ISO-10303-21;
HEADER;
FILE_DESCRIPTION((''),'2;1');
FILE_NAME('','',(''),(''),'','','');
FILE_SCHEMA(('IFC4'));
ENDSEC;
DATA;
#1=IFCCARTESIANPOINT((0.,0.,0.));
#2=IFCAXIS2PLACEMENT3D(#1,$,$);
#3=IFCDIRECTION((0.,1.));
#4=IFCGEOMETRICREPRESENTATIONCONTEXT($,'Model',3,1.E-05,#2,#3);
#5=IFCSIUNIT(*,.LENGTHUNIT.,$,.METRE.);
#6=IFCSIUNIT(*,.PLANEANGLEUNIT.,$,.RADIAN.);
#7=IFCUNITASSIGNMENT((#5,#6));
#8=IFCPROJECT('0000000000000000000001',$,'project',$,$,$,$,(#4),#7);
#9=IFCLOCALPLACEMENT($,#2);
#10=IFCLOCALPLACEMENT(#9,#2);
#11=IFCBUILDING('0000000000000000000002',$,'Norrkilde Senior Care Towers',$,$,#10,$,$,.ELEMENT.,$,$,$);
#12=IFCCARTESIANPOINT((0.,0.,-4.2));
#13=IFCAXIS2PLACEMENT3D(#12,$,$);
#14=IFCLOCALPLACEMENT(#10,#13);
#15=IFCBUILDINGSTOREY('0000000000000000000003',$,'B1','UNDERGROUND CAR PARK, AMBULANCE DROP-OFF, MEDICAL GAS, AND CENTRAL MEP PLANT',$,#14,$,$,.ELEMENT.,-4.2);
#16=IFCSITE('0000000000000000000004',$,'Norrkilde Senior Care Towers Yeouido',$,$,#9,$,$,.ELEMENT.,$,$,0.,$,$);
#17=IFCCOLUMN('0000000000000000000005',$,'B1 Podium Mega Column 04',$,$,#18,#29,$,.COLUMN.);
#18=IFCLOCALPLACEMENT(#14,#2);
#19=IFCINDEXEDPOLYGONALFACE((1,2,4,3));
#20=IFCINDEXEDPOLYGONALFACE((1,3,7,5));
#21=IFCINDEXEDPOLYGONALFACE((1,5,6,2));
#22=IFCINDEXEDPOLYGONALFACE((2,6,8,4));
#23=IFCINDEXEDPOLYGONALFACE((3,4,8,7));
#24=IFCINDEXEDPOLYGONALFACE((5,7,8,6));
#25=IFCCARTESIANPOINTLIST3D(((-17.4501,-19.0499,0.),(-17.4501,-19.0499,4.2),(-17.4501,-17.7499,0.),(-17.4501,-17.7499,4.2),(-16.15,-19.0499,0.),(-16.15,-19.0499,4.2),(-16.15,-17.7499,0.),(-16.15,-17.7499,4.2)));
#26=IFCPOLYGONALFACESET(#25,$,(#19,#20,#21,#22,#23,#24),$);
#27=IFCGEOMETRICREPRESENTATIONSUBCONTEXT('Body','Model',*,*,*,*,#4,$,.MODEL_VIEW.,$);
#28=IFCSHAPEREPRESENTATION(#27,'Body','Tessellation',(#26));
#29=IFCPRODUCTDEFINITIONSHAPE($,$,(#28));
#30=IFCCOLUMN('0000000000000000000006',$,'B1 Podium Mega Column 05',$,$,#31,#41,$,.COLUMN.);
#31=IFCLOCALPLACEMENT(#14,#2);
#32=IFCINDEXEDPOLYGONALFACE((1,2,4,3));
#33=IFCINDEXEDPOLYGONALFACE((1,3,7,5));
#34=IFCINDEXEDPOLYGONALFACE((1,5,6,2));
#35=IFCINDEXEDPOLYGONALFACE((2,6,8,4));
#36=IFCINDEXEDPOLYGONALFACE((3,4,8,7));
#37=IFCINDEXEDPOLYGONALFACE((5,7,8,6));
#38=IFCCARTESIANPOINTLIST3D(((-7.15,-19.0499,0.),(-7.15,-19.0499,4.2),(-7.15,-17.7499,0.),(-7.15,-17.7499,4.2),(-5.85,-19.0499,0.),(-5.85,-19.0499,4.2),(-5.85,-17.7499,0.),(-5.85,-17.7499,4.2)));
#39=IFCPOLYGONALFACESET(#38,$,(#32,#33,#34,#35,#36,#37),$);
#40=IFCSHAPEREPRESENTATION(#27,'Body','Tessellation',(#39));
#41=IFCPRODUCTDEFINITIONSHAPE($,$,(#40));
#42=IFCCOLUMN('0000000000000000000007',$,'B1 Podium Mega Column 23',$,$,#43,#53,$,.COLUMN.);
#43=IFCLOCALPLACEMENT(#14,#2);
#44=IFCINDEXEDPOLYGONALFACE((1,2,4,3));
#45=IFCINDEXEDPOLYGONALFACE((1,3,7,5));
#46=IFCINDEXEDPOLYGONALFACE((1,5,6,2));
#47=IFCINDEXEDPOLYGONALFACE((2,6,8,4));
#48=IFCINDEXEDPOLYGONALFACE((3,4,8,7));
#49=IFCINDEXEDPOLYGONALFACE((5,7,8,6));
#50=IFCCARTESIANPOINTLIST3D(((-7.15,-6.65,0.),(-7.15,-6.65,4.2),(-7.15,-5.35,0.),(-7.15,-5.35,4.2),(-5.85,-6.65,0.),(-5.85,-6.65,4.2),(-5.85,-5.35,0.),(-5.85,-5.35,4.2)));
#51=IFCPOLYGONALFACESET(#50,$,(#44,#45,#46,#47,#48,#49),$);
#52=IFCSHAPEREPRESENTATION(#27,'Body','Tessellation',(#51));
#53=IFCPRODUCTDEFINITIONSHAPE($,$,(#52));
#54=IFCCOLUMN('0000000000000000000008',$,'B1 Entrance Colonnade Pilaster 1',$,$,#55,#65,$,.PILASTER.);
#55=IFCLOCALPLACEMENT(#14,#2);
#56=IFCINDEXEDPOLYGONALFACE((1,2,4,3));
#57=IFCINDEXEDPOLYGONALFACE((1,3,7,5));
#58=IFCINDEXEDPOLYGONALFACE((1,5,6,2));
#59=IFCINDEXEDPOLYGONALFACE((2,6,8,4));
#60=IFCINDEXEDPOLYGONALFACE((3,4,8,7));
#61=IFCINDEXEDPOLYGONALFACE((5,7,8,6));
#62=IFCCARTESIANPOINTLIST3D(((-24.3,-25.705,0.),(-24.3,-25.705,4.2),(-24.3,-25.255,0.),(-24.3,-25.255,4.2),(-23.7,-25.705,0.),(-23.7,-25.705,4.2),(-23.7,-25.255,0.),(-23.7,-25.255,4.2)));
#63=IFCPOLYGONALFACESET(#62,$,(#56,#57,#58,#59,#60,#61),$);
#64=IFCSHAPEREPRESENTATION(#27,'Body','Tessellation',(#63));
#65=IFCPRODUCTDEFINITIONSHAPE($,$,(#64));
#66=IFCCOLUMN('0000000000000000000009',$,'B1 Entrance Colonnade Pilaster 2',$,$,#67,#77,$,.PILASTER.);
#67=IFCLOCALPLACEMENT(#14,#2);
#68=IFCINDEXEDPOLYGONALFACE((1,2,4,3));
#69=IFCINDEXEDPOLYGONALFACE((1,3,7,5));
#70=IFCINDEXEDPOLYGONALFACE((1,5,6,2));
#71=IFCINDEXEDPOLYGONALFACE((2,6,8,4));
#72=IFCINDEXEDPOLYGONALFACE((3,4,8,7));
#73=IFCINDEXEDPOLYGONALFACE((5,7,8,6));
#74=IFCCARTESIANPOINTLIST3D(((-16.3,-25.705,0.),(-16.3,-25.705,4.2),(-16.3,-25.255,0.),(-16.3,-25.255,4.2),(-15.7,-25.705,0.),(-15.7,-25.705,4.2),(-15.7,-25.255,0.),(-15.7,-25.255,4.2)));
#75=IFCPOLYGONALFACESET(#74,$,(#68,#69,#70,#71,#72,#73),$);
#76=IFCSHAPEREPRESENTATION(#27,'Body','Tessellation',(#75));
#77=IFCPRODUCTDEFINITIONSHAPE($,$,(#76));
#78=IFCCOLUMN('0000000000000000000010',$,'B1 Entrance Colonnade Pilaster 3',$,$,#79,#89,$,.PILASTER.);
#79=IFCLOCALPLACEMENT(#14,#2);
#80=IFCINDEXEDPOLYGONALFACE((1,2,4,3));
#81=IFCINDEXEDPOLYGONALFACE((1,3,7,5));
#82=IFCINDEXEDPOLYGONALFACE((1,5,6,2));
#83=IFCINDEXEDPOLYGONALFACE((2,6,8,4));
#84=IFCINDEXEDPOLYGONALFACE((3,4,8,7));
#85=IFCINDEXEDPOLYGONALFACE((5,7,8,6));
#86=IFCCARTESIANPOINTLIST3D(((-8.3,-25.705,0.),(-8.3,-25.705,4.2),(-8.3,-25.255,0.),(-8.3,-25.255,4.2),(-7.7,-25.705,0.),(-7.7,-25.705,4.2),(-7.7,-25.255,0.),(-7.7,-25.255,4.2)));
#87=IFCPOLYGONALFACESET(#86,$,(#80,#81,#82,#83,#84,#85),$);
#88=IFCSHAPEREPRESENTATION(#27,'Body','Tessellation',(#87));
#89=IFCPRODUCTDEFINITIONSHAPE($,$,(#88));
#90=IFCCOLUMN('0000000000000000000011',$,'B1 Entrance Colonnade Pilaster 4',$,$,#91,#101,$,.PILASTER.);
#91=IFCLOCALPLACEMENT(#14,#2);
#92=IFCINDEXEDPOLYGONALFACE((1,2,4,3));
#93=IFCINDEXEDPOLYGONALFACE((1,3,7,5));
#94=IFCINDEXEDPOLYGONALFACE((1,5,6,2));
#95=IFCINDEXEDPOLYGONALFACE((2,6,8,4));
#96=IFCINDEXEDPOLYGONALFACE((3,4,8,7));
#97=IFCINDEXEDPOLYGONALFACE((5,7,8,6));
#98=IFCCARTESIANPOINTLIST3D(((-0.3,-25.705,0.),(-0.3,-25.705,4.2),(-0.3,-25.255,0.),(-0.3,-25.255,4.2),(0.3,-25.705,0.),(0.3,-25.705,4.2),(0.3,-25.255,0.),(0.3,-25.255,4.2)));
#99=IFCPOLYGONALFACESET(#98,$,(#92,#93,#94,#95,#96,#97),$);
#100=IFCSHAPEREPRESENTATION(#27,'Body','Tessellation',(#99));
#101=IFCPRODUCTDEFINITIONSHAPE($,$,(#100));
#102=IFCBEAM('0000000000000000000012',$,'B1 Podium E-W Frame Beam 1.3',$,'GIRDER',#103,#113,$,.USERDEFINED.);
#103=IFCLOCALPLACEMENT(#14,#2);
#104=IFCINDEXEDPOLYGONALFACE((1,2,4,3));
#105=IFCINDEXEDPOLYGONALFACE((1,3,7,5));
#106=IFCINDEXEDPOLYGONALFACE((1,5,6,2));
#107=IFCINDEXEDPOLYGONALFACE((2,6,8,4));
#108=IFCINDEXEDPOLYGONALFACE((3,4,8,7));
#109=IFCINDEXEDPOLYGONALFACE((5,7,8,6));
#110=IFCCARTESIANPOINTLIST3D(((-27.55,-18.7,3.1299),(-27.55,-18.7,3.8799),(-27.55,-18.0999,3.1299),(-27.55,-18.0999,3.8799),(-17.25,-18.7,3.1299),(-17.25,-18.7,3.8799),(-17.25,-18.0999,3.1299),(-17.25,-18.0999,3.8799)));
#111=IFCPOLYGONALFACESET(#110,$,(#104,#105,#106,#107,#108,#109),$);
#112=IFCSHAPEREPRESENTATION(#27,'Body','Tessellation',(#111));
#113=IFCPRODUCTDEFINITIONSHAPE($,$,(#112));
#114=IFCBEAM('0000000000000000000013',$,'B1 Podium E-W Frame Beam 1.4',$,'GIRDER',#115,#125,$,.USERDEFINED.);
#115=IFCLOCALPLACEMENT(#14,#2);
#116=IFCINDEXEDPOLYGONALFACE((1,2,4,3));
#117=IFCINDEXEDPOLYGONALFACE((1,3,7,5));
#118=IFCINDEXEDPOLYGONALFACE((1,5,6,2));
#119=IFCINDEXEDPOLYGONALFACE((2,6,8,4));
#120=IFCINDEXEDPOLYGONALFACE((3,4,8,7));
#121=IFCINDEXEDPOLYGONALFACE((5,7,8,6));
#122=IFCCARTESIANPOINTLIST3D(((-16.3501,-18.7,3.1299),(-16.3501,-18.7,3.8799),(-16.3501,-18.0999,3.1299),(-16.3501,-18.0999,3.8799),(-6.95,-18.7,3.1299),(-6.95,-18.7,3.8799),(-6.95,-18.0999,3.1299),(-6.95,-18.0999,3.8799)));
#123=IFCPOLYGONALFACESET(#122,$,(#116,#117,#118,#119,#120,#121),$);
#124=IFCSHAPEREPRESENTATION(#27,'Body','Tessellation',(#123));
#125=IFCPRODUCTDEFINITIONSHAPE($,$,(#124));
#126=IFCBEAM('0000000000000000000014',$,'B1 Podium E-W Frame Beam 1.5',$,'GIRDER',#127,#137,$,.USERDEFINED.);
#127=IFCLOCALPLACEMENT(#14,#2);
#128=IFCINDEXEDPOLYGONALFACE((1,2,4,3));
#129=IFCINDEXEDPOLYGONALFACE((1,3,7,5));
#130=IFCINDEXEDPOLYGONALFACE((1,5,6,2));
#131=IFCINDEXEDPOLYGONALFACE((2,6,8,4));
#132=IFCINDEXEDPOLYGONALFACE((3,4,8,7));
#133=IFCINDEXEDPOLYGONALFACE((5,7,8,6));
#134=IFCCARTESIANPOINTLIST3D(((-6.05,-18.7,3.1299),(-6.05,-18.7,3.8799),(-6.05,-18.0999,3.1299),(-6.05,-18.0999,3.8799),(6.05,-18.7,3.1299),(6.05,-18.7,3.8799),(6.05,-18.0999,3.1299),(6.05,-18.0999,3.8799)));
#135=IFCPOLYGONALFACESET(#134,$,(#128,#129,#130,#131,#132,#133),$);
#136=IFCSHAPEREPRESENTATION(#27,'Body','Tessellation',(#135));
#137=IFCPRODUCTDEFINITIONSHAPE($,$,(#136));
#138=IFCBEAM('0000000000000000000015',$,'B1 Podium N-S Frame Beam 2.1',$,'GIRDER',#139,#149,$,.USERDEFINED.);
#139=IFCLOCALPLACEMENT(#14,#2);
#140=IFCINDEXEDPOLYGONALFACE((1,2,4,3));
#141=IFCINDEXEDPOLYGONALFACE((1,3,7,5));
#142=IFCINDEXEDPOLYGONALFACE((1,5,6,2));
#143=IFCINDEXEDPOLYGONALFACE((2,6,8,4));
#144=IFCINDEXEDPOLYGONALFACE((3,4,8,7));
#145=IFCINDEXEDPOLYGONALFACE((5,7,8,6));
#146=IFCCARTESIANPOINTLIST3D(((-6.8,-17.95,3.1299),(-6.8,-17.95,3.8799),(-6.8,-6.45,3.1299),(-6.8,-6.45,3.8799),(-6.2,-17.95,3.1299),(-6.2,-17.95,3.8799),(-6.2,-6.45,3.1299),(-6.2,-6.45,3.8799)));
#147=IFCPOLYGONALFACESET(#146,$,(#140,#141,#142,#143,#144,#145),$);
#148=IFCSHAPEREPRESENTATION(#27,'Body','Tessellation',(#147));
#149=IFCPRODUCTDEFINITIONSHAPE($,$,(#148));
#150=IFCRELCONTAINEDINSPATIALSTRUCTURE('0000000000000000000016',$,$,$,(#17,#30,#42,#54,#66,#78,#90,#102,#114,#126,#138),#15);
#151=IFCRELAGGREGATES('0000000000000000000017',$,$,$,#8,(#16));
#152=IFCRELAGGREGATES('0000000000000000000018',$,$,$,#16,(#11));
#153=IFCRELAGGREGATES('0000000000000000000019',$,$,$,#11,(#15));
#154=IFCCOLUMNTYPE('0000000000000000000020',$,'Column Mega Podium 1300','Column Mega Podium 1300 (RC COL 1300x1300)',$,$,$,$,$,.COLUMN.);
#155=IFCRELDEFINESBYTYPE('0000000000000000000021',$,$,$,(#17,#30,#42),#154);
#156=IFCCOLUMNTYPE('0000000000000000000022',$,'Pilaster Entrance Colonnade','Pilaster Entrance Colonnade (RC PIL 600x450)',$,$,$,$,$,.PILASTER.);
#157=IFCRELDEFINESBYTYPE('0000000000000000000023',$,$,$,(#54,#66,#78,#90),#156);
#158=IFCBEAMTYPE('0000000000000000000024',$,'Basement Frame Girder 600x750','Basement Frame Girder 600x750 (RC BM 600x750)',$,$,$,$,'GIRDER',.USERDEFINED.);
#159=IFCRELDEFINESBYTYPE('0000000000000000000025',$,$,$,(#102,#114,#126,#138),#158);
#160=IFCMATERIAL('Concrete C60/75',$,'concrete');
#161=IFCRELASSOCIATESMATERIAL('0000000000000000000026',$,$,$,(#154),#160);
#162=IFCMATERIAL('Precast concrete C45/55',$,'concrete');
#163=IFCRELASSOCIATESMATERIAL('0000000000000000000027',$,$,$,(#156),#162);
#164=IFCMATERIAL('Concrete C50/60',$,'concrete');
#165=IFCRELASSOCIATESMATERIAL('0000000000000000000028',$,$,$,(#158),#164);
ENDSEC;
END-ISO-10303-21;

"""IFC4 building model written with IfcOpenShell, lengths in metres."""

from ifc_helpers import new_model, si_unit, direction, frame, origin, origin_2d, place, context, subcontext, project, spatial, rectangle, extrude, source, transform, mapped, material, material_profile, profile_set, type_object, type_shapes, element, save


model = new_model("IFC4")

# Units and contexts
model_context = context("Model", 3, precision=1e-05, world=origin(), true_north=direction((0.0, 1.0)))
body_context = subcontext(model_context, "Body", "Model", "MODEL_VIEW")
ifc_project = project(units=[si_unit("LENGTHUNIT", "METRE"), si_unit("PLANEANGLEUNIT", "RADIAN")], contexts=[model_context])

# Site, building, storey
site_placement = place(None, origin())
site = spatial("IfcSite", under=ifc_project, at=site_placement, Name="Norrkilde Senior Care Towers Yeouido", CompositionType="ELEMENT", RefElevation=0.0)
building_placement = place(site_placement, origin())
building = spatial("IfcBuilding", under=site, at=building_placement, Name="Norrkilde Senior Care Towers", CompositionType="ELEMENT")
storey_placement = place(building_placement, frame((0.0, 0.0, -4.2)))
storey = spatial("IfcBuildingStorey", under=building, at=storey_placement, Name="B1", Description="UNDERGROUND CAR PARK, AMBULANCE DROP-OFF, MEDICAL GAS, AND CENTRAL MEP PLANT", CompositionType="ELEMENT", Elevation=-4.2)

# Columns
ifc_material_1 = material(Name="Concrete C60/75", Category="concrete")
ifc_material_profile_1 = material_profile(ifc_material_1, rectangle(XDim=1.3, YDim=1.3, at=origin_2d()), Name="RC COL 1300x1300")
ifc_profile_set_1 = profile_set([ifc_material_profile_1], Name="Concrete C60/75")
column_type_1 = type_object("IfcColumnType", Name="Column Mega Podium 1300", Description="Column Mega Podium 1300 (RC COL 1300x1300)", PredefinedType="COLUMN", material=ifc_profile_set_1)
shared_shape_1 = source(origin(), body_context, "Body", "SweptSolid", [
    extrude(rectangle(XDim=1.3, YDim=1.3, at=origin_2d()), origin(), (0.0, 0.0, 1.0), 4.2),
])
type_shapes(column_type_1, [shared_shape_1])
for number, where, z_axis, x_axis, name in (
    (1, (-16.8, -18.3999, 0.0), (0.0, 0.0, 1.0), (1.0, 0.0, 0.0), "B1 Podium Mega Column 04"),
    (2, (-6.5, -18.3999, 0.0), (0.0, 0.0, 1.0), (1.0, 0.0, 0.0), "B1 Podium Mega Column 05"),
    (3, (-6.5, -6.0, 0.0), (0.0, 0.0, 1.0), (1.0, 0.0, 0.0), "B1 Podium Mega Column 23"),
):
    element("IfcColumn", number, at=place(storey_placement, frame(where, z_axis=z_axis, x_axis=x_axis)), inside=storey, type_object=column_type_1, Name=name, PredefinedType="COLUMN", context=body_context, shape_type="MappedRepresentation", body=[
        mapped(shared_shape_1, transform((0.0, 0.0, 0.0), x_axis=(1.0, 0.0, 0.0), y_axis=(0.0, 1.0, 0.0), z_axis=(0.0, 0.0, 1.0), scale=1.0)),
    ])
ifc_material_2 = material(Name="Precast concrete C45/55", Category="concrete")
ifc_material_profile_2 = material_profile(ifc_material_2, rectangle(XDim=0.6001, YDim=0.45, at=origin_2d()), Name="RC PIL 600x450")
ifc_profile_set_2 = profile_set([ifc_material_profile_2], Name="Precast concrete C45/55")
column_type_2 = type_object("IfcColumnType", Name="Pilaster Entrance Colonnade", Description="Pilaster Entrance Colonnade (RC PIL 600x450)", PredefinedType="PILASTER", material=ifc_profile_set_2)
shared_shape_2 = source(origin(), body_context, "Body", "SweptSolid", [
    extrude(rectangle(XDim=0.6001, YDim=0.45, at=origin_2d()), origin(), (0.0, 0.0, 1.0), 4.2),
])
type_shapes(column_type_2, [shared_shape_2])
for number, where, z_axis, x_axis, name in (
    (4, (-24.0, -25.48, 0.0), (0.0, 0.0, 1.0), (1.0, 0.0, 0.0), "B1 Entrance Colonnade Pilaster 1"),
    (5, (-16.0, -25.48, 0.0), (0.0, 0.0, 1.0), (1.0, 0.0, 0.0), "B1 Entrance Colonnade Pilaster 2"),
    (6, (-8.0, -25.48, 0.0), (0.0, 0.0, 1.0), (1.0, 0.0, 0.0), "B1 Entrance Colonnade Pilaster 3"),
    (7, (0.0, -25.48, 0.0), (0.0, 0.0, 1.0), (1.0, 0.0, 0.0), "B1 Entrance Colonnade Pilaster 4"),
):
    element("IfcColumn", number, at=place(storey_placement, frame(where, z_axis=z_axis, x_axis=x_axis)), inside=storey, type_object=column_type_2, Name=name, PredefinedType="PILASTER", context=body_context, shape_type="MappedRepresentation", body=[
        mapped(shared_shape_2, transform((0.0, 0.0, 0.0), x_axis=(1.0, 0.0, 0.0), y_axis=(0.0, 1.0, 0.0), z_axis=(0.0, 0.0, 1.0), scale=1.0)),
    ])

# Beams
ifc_material_3 = material(Name="Concrete C50/60", Category="concrete")
ifc_material_profile_3 = material_profile(ifc_material_3, rectangle(XDim=0.6001, YDim=0.75, at=origin_2d()), Name="RC BM 600x750")
ifc_profile_set_3 = profile_set([ifc_material_profile_3], Name="Concrete C50/60")
beam_type_1 = type_object("IfcBeamType", Name="Basement Frame Girder 600x750", Description="Basement Frame Girder 600x750 (RC BM 600x750)", ElementType="GIRDER", PredefinedType="USERDEFINED", material=ifc_profile_set_3)
shared_shape_3 = source(origin(), body_context, "Body", "SweptSolid", [
    extrude(rectangle(XDim=0.6001, YDim=0.75, at=origin_2d()), origin(), (0.0, 0.0, 1.0), 10.3),
])
beam_1_placement = place(storey_placement, frame((-27.55, -18.3999, 3.5049), z_axis=(1.0, 0.0, 0.0), x_axis=(0.0, 1.0, 0.0)))
element("IfcBeam", 8, at=beam_1_placement, inside=storey, type_object=beam_type_1, Name="B1 Podium E-W Frame Beam 1.3", ObjectType="GIRDER", PredefinedType="USERDEFINED", context=body_context, shape_type="MappedRepresentation", body=[
    mapped(shared_shape_3, transform((0.0, 0.0, 0.0), x_axis=(1.0, 0.0, 0.0), y_axis=(0.0, 1.0, 0.0), z_axis=(0.0, 0.0, 1.0), scale=1.0)),
])
shared_shape_4 = source(origin(), body_context, "Body", "SweptSolid", [
    extrude(rectangle(XDim=0.6001, YDim=0.75, at=origin_2d()), origin(), (0.0, 0.0, 1.0), 9.4001),
])
beam_2_placement = place(storey_placement, frame((-16.3501, -18.3999, 3.5049), z_axis=(1.0, 0.0, 0.0), x_axis=(0.0, 1.0, 0.0)))
element("IfcBeam", 9, at=beam_2_placement, inside=storey, type_object=beam_type_1, Name="B1 Podium E-W Frame Beam 1.4", ObjectType="GIRDER", PredefinedType="USERDEFINED", context=body_context, shape_type="MappedRepresentation", body=[
    mapped(shared_shape_4, transform((0.0, 0.0, 0.0), x_axis=(1.0, 0.0, 0.0), y_axis=(0.0, 1.0, 0.0), z_axis=(0.0, 0.0, 1.0), scale=1.0)),
])
shared_shape_5 = source(origin(), body_context, "Body", "SweptSolid", [
    extrude(rectangle(XDim=0.6001, YDim=0.75, at=origin_2d()), origin(), (0.0, 0.0, 1.0), 12.1001),
])
beam_3_placement = place(storey_placement, frame((-6.05, -18.3999, 3.5049), z_axis=(1.0, 0.0, 0.0), x_axis=(0.0, 1.0, 0.0)))
element("IfcBeam", 10, at=beam_3_placement, inside=storey, type_object=beam_type_1, Name="B1 Podium E-W Frame Beam 1.5", ObjectType="GIRDER", PredefinedType="USERDEFINED", context=body_context, shape_type="MappedRepresentation", body=[
    mapped(shared_shape_5, transform((0.0, 0.0, 0.0), x_axis=(1.0, 0.0, 0.0), y_axis=(0.0, 1.0, 0.0), z_axis=(0.0, 0.0, 1.0), scale=1.0)),
])
shared_shape_6 = source(origin(), body_context, "Body", "SweptSolid", [
    extrude(rectangle(XDim=0.6001, YDim=0.75, at=origin_2d()), origin(), (0.0, 0.0, 1.0), 11.5),
])
type_shapes(beam_type_1, [shared_shape_3, shared_shape_4, shared_shape_5, shared_shape_6])
beam_4_placement = place(storey_placement, frame((-6.5, -17.95, 3.5049), z_axis=(0.0, 1.0, 0.0), x_axis=(-1.0, 0.0, 0.0)))
element("IfcBeam", 11, at=beam_4_placement, inside=storey, type_object=beam_type_1, Name="B1 Podium N-S Frame Beam 2.1", ObjectType="GIRDER", PredefinedType="USERDEFINED", context=body_context, shape_type="MappedRepresentation", body=[
    mapped(shared_shape_6, transform((0.0, 0.0, 0.0), x_axis=(1.0, 0.0, 0.0), y_axis=(0.0, 1.0, 0.0), z_axis=(0.0, 0.0, 1.0), scale=1.0)),
])

save(model, "model.ifc")
